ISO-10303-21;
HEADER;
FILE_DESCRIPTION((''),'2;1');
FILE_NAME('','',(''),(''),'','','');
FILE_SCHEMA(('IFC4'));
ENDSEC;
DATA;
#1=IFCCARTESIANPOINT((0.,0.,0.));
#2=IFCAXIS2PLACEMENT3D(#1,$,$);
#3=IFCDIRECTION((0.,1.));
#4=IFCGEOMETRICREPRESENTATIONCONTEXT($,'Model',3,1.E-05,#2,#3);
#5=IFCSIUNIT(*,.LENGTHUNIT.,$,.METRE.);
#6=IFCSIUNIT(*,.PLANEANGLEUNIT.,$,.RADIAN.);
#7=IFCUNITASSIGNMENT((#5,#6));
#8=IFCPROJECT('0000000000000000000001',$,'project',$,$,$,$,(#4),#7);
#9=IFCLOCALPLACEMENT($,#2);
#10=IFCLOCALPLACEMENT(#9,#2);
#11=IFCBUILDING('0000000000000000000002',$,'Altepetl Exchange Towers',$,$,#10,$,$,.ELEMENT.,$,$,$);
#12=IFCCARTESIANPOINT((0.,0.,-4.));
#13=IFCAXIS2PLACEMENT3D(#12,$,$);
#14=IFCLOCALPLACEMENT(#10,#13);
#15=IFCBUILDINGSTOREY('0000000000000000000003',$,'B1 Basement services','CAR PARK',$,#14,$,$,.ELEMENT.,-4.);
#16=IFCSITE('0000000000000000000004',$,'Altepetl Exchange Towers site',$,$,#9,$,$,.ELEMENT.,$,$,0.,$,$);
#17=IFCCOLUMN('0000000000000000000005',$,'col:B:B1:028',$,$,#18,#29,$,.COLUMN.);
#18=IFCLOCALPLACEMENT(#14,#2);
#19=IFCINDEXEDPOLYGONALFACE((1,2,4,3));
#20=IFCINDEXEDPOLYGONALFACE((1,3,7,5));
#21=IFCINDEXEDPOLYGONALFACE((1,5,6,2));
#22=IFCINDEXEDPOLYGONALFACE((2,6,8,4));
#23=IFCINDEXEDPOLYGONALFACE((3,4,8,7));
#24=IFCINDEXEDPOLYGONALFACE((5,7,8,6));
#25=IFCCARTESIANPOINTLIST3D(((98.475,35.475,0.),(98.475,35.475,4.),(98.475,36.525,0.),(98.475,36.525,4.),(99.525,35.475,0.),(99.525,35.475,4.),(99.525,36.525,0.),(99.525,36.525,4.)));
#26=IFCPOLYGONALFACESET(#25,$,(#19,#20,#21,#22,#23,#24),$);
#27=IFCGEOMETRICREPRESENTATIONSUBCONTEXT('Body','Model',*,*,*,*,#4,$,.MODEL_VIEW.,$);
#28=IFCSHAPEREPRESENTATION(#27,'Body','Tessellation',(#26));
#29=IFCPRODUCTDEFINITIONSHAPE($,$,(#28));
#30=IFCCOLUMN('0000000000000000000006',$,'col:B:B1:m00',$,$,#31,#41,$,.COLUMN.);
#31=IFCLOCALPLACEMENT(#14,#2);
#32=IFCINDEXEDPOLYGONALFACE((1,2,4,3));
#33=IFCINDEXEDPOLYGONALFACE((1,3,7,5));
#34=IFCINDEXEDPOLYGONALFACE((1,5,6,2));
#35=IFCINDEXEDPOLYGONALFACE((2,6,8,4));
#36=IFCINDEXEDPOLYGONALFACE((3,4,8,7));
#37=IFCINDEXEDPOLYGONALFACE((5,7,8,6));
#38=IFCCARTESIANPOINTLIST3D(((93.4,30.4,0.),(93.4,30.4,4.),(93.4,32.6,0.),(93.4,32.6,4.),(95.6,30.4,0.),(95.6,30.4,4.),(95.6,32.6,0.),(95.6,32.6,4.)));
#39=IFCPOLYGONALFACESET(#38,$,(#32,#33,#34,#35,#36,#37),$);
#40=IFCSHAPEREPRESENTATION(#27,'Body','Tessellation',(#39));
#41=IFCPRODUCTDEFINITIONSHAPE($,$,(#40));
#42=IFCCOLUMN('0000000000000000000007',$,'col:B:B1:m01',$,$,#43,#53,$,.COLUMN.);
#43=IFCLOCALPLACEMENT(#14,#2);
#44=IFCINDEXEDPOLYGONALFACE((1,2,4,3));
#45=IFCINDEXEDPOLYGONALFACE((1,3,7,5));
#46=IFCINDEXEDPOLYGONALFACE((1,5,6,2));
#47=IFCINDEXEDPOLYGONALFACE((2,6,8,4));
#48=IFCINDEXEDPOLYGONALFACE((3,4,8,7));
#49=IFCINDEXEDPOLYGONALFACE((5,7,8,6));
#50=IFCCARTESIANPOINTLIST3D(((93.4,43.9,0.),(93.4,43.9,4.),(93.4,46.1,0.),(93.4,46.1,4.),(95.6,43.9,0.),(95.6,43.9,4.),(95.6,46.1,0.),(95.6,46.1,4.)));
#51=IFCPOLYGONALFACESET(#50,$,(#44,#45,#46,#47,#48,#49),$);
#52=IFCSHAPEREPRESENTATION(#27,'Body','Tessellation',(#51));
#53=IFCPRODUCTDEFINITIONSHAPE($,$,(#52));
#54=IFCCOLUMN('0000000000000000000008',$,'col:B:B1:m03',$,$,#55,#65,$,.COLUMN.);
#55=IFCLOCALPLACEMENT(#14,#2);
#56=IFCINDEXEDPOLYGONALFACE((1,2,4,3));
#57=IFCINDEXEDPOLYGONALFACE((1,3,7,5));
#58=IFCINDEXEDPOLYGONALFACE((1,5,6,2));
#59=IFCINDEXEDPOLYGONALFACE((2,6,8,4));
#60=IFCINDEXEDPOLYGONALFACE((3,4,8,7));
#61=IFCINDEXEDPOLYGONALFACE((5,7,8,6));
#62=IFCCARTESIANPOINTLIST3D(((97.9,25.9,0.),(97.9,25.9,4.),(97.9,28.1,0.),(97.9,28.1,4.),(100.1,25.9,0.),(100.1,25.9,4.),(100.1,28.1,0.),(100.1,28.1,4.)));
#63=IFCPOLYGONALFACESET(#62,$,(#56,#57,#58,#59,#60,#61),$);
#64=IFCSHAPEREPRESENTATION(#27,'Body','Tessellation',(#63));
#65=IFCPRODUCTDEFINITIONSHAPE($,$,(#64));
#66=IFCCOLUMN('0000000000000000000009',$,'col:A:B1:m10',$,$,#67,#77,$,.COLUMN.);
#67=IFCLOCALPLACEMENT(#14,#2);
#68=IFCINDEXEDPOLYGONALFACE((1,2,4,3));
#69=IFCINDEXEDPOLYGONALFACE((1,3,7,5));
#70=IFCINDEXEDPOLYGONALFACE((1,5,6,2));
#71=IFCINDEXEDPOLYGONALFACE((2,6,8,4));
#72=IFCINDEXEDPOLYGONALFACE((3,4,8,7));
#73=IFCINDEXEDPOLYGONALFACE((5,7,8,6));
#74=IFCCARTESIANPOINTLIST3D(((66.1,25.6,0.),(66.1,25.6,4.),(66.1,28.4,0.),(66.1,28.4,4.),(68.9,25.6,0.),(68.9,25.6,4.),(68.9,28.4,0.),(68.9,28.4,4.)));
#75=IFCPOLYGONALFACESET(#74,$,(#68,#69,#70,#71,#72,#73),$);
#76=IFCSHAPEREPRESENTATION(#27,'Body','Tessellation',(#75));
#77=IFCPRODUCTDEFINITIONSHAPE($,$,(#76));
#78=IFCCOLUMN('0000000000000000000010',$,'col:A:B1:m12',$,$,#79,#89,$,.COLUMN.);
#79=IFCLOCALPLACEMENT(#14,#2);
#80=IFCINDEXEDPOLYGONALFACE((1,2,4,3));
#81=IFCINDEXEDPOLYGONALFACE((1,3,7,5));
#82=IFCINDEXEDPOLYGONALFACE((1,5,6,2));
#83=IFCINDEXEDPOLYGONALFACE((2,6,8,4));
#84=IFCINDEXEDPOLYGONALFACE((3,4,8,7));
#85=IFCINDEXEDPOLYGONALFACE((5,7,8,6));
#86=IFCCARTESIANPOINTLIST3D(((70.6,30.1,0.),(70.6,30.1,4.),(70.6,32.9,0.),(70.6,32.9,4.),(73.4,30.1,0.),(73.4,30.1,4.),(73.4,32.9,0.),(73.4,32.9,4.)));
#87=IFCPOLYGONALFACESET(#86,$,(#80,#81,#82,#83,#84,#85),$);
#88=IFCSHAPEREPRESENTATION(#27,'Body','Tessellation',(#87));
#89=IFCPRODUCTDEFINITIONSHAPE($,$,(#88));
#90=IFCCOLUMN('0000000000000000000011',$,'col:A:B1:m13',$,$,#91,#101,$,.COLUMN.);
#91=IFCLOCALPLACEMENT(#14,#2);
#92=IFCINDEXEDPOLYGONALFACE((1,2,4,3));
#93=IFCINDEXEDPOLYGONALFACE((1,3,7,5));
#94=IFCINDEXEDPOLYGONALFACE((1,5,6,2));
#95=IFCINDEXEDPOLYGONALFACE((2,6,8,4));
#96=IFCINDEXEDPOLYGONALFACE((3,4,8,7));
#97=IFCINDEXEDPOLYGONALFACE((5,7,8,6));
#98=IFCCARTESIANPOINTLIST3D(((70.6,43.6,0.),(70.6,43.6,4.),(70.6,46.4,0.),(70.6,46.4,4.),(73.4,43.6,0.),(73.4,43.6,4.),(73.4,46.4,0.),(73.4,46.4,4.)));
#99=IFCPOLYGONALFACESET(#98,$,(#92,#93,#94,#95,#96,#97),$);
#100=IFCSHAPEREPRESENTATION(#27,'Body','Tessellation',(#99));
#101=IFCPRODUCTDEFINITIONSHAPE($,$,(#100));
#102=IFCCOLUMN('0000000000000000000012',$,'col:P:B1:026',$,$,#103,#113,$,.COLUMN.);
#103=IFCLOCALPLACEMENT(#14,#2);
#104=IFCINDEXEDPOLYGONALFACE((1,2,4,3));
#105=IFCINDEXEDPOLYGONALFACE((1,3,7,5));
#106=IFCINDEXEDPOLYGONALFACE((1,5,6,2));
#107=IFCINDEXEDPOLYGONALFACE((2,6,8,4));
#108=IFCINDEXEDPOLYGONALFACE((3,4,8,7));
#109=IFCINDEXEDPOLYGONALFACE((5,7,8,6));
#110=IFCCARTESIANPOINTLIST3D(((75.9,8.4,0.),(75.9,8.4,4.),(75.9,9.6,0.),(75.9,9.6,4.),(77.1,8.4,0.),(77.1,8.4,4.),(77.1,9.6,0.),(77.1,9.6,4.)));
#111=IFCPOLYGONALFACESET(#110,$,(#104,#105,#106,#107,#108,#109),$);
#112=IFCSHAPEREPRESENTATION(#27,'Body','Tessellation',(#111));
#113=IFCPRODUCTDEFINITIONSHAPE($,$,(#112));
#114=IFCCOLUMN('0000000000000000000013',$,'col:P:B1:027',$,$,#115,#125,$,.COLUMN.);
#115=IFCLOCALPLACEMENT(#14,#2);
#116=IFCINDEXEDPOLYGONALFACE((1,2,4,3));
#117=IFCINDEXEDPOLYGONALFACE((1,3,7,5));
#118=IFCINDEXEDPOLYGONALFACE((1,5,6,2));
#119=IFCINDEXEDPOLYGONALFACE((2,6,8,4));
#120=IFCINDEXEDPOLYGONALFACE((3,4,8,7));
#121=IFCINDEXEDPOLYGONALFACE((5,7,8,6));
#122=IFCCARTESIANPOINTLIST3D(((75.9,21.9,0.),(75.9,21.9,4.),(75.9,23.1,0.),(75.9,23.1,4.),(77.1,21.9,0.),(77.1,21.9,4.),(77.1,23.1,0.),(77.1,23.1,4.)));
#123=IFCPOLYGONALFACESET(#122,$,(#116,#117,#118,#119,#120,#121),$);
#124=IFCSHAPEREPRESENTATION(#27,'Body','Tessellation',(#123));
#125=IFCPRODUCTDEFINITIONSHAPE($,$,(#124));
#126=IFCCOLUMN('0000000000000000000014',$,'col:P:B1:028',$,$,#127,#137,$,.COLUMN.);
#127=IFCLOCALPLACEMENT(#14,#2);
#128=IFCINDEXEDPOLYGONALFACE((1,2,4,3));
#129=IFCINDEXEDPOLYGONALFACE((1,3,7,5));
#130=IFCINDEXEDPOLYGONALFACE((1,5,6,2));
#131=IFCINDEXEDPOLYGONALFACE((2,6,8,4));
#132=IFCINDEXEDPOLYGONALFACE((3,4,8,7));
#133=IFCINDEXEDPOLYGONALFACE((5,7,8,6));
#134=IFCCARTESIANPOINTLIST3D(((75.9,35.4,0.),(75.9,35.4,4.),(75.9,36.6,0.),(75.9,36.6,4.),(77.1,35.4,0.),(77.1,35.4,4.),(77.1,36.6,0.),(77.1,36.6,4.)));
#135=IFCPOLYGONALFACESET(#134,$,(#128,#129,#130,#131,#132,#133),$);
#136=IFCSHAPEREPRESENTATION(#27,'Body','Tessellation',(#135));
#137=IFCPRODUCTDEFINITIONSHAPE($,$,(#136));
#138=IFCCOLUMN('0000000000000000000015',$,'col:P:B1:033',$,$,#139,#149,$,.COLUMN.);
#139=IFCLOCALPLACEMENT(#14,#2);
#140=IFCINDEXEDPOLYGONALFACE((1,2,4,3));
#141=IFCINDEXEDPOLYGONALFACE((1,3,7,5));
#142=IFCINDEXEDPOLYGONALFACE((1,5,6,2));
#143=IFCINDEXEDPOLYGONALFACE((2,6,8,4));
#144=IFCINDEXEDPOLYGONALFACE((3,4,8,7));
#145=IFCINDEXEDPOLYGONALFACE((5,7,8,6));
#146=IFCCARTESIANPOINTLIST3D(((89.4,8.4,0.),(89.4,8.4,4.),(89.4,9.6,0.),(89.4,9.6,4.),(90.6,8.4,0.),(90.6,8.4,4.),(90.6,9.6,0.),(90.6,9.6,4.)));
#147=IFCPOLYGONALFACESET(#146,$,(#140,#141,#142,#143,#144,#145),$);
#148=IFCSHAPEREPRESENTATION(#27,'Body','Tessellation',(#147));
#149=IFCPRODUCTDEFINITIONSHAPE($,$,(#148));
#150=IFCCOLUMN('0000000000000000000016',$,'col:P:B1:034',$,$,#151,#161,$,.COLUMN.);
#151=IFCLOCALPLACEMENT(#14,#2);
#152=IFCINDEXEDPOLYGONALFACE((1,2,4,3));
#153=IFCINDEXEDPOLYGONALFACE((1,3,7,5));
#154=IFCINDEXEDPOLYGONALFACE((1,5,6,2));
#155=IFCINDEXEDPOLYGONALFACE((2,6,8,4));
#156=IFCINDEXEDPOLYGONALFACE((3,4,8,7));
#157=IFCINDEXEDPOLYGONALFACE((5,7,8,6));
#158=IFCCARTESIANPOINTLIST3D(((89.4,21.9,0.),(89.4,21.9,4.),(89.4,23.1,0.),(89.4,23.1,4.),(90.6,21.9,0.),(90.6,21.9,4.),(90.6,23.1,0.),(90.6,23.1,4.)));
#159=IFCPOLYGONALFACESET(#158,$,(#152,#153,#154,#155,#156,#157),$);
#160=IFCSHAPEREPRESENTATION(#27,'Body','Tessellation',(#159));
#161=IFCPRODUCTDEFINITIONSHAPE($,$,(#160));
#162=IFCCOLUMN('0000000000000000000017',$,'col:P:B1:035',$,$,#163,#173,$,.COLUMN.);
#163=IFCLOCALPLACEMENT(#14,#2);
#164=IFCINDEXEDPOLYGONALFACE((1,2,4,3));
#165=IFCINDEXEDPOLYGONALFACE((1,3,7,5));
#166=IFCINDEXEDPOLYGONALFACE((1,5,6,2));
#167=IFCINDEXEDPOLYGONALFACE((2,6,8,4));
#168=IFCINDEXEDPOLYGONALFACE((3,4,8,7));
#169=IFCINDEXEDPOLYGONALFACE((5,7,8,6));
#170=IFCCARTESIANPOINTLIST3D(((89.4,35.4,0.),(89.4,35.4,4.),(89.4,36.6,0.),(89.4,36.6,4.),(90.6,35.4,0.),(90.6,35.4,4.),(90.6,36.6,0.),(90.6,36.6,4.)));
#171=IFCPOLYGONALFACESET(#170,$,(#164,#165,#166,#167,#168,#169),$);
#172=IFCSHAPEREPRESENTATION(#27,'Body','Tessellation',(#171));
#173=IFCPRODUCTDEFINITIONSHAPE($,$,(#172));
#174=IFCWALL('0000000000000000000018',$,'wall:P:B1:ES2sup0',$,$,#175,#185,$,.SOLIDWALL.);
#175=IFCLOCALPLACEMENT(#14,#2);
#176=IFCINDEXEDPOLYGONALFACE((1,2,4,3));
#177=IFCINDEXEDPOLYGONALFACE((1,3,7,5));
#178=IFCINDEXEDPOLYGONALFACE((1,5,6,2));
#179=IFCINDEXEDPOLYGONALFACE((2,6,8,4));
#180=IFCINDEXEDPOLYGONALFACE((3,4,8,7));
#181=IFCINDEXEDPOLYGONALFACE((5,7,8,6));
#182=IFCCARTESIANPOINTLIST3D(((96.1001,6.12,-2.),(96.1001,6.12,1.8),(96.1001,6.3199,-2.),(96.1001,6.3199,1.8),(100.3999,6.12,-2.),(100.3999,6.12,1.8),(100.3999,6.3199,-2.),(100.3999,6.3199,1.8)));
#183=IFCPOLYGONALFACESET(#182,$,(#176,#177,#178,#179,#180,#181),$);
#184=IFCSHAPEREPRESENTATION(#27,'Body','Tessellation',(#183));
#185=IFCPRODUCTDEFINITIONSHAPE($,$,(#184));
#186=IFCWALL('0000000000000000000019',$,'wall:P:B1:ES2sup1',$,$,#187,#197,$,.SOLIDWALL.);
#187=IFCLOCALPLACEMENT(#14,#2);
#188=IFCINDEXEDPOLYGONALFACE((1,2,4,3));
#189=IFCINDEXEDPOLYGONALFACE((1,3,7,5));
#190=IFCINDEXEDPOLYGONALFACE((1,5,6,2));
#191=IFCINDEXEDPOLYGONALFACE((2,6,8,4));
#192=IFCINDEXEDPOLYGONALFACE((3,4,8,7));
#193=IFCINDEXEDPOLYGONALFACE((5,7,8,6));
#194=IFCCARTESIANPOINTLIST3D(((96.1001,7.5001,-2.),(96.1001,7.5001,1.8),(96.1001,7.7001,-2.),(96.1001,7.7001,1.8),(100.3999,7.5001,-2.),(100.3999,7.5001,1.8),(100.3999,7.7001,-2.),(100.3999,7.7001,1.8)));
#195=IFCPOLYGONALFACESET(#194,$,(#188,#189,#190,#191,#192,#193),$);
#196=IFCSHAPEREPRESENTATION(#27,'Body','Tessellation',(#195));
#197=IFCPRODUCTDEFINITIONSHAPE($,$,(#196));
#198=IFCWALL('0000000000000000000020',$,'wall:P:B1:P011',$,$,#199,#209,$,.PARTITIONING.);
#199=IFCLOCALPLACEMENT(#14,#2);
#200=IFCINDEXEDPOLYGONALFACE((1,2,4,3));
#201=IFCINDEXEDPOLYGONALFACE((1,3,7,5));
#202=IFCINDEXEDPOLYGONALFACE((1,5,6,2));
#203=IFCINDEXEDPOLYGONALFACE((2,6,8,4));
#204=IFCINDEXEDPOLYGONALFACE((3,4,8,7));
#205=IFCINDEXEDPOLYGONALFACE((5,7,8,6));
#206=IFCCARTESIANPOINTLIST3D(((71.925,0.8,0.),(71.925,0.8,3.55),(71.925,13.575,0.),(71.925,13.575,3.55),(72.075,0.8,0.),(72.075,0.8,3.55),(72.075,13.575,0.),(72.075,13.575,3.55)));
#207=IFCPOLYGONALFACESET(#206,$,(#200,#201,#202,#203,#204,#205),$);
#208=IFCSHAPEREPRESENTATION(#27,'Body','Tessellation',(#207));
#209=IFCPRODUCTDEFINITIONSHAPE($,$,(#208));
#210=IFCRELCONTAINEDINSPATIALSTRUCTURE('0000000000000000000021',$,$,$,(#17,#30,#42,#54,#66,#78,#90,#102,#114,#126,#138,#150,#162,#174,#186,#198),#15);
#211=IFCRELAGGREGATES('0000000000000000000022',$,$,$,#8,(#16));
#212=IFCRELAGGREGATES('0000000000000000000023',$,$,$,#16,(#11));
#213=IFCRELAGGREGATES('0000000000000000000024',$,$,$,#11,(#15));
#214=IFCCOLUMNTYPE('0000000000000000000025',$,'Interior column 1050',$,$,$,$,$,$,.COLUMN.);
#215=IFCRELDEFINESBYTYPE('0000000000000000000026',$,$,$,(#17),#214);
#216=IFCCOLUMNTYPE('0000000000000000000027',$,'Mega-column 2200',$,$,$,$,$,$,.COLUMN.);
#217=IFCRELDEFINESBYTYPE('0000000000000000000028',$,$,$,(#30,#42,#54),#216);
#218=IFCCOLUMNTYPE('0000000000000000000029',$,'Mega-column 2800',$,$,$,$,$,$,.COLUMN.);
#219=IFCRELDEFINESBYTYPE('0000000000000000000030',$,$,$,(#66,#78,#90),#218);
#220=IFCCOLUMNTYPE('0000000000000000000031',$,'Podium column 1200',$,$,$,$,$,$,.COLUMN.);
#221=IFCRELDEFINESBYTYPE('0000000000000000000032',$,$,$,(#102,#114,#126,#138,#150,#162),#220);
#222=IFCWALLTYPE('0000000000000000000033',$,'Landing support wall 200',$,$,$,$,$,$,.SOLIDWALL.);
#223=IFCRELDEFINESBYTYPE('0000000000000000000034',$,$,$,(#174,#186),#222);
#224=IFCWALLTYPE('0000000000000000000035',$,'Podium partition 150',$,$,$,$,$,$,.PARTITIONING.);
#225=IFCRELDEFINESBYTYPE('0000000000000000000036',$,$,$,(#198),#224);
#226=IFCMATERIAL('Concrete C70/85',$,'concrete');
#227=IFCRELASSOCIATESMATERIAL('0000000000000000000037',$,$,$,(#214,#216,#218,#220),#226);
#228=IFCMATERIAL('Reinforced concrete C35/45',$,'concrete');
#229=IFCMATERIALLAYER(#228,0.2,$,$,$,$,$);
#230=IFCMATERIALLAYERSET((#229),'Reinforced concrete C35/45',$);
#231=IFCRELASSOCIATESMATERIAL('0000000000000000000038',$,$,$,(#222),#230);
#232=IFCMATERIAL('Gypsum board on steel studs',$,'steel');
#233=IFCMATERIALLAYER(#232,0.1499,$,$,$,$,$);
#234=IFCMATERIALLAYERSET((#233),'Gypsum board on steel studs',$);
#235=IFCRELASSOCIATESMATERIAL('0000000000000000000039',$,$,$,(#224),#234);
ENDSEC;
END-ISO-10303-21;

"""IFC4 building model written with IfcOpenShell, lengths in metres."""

from ifc_helpers import new_model, si_unit, direction, frame, frame_2d, origin, origin_2d, place, context, subcontext, project, spatial, rectangle, extrude, material, layer, layer_set, material_profile, profile_set, type_object, element, save


model = new_model("IFC4")

# Units and contexts
model_context = context("Model", 3, precision=1e-05, world=origin(), true_north=direction((0.0, 1.0)))
body_context = subcontext(model_context, "Body", "Model", "MODEL_VIEW")
ifc_project = project(units=[si_unit("LENGTHUNIT", "METRE"), si_unit("PLANEANGLEUNIT", "RADIAN")], contexts=[model_context])

# Site, building, storey
site_placement = place(None, origin())
site = spatial("IfcSite", under=ifc_project, at=site_placement, Name="Altepetl Exchange Towers site", CompositionType="ELEMENT", RefElevation=0.0)
building_placement = place(site_placement, origin())
building = spatial("IfcBuilding", under=site, at=building_placement, Name="Altepetl Exchange Towers", CompositionType="ELEMENT")
storey_placement = place(building_placement, frame((0.0, 0.0, -4.0)))
storey = spatial("IfcBuildingStorey", under=building, at=storey_placement, Name="B1 Basement services", Description="CAR PARK", CompositionType="ELEMENT", Elevation=-4.0)

# Columns
ifc_material_1 = material(Name="Concrete C70/85", Category="concrete")
ifc_material_profile_1 = material_profile(ifc_material_1, rectangle(XDim=1.05, YDim=1.05, at=origin_2d()), Name="1050 x 1050")
ifc_profile_set_1 = profile_set([ifc_material_profile_1], Name="Concrete C70/85")
column_type_1 = type_object("IfcColumnType", Name="Interior column 1050", PredefinedType="COLUMN", material=ifc_profile_set_1)
column_placement = place(storey_placement, frame((99.0, 36.0, 0.0)))
element("IfcColumn", 1, at=column_placement, inside=storey, type_object=column_type_1, Name="col:B:B1:028", PredefinedType="COLUMN", context=body_context, shape_type="SweptSolid", body=[
    extrude(rectangle(XDim=1.05, YDim=1.05, at=origin_2d()), origin(), (0.0, 0.0, 1.0), 4.0),
])
ifc_material_profile_2 = material_profile(ifc_material_1, rectangle(XDim=2.2, YDim=2.2, at=origin_2d()), Name="2200 x 2200")
ifc_profile_set_2 = profile_set([ifc_material_profile_2], Name="Concrete C70/85")
column_type_2 = type_object("IfcColumnType", Name="Mega-column 2200", PredefinedType="COLUMN", material=ifc_profile_set_2)
for number, where, name in (
    (2, (94.5, 31.5, 0.0), "col:B:B1:m00"),
    (3, (94.5, 45.0, 0.0), "col:B:B1:m01"),
    (4, (99.0, 27.0, 0.0), "col:B:B1:m03"),
):
    element("IfcColumn", number, at=place(storey_placement, frame(where)), inside=storey, type_object=column_type_2, Name=name, PredefinedType="COLUMN", context=body_context, shape_type="SweptSolid", body=[
        extrude(rectangle(XDim=2.2, YDim=2.2, at=origin_2d()), origin(), (0.0, 0.0, 1.0), 4.0),
    ])
ifc_material_profile_3 = material_profile(ifc_material_1, rectangle(XDim=2.8, YDim=2.8, at=origin_2d()), Name="2800 x 2800")
ifc_profile_set_3 = profile_set([ifc_material_profile_3], Name="Concrete C70/85")
column_type_3 = type_object("IfcColumnType", Name="Mega-column 2800", PredefinedType="COLUMN", material=ifc_profile_set_3)
for number, where, name in (
    (5, (67.5, 27.0, 0.0), "col:A:B1:m10"),
    (6, (72.0, 31.5, 0.0), "col:A:B1:m12"),
    (7, (72.0, 45.0, 0.0), "col:A:B1:m13"),
):
    element("IfcColumn", number, at=place(storey_placement, frame(where)), inside=storey, type_object=column_type_3, Name=name, PredefinedType="COLUMN", context=body_context, shape_type="SweptSolid", body=[
        extrude(rectangle(XDim=2.8, YDim=2.8, at=origin_2d()), origin(), (0.0, 0.0, 1.0), 4.0),
    ])
ifc_material_profile_4 = material_profile(ifc_material_1, rectangle(XDim=1.2, YDim=1.2, at=origin_2d()), Name="1200 x 1200")
ifc_profile_set_4 = profile_set([ifc_material_profile_4], Name="Concrete C70/85")
column_type_4 = type_object("IfcColumnType", Name="Podium column 1200", PredefinedType="COLUMN", material=ifc_profile_set_4)
for number, where, name in (
    (8, (76.5, 9.0, 0.0), "col:P:B1:026"),
    (9, (76.5, 22.5, 0.0), "col:P:B1:027"),
    (10, (76.5, 36.0, 0.0), "col:P:B1:028"),
    (11, (90.0, 9.0, 0.0), "col:P:B1:033"),
    (12, (90.0, 22.5, 0.0), "col:P:B1:034"),
    (13, (90.0, 36.0, 0.0), "col:P:B1:035"),
):
    element("IfcColumn", number, at=place(storey_placement, frame(where)), inside=storey, type_object=column_type_4, Name=name, PredefinedType="COLUMN", context=body_context, shape_type="SweptSolid", body=[
        extrude(rectangle(XDim=1.2, YDim=1.2, at=origin_2d()), origin(), (0.0, 0.0, 1.0), 4.0),
    ])

# Walls
ifc_material_2 = material(Name="Reinforced concrete C35/45", Category="concrete")
ifc_layer_1 = layer(ifc_material_2, 0.2)
ifc_layer_set_1 = layer_set([ifc_layer_1], Name="Reinforced concrete C35/45")
wall_type_1 = type_object("IfcWallType", Name="Landing support wall 200", PredefinedType="SOLIDWALL", material=ifc_layer_set_1)
for number, where, name in (
    (14, (96.1001, 6.22, -2.0), "wall:P:B1:ES2sup0"),
    (15, (96.1001, 7.6001, -2.0), "wall:P:B1:ES2sup1"),
):
    element("IfcWall", number, at=place(storey_placement, frame(where)), inside=storey, type_object=wall_type_1, Name=name, PredefinedType="SOLIDWALL", context=body_context, shape_type="SweptSolid", body=[
        extrude(rectangle(XDim=4.2998, YDim=0.2, at=frame_2d((2.1499, 0.0))), origin(), (0.0, 0.0, 1.0), 3.8),
    ])
ifc_material_3 = material(Name="Gypsum board on steel studs", Category="steel")
ifc_layer_2 = layer(ifc_material_3, 0.1499)
ifc_layer_set_2 = layer_set([ifc_layer_2], Name="Gypsum board on steel studs")
wall_type_2 = type_object("IfcWallType", Name="Podium partition 150", PredefinedType="PARTITIONING", material=ifc_layer_set_2)
wall_1_placement = place(storey_placement, frame((72.0, 0.8, 0.0), z_axis=(0.0, 0.0, 1.0), x_axis=(0.0, 1.0, 0.0)))
element("IfcWall", 16, at=wall_1_placement, inside=storey, type_object=wall_type_2, Name="wall:P:B1:P011", PredefinedType="PARTITIONING", context=body_context, shape_type="SweptSolid", body=[
    extrude(rectangle(XDim=12.7749, YDim=0.1499, at=frame_2d((6.3875, 0.0))), origin(), (0.0, 0.0, 1.0), 3.55),
])

save(model, "model.ifc")
